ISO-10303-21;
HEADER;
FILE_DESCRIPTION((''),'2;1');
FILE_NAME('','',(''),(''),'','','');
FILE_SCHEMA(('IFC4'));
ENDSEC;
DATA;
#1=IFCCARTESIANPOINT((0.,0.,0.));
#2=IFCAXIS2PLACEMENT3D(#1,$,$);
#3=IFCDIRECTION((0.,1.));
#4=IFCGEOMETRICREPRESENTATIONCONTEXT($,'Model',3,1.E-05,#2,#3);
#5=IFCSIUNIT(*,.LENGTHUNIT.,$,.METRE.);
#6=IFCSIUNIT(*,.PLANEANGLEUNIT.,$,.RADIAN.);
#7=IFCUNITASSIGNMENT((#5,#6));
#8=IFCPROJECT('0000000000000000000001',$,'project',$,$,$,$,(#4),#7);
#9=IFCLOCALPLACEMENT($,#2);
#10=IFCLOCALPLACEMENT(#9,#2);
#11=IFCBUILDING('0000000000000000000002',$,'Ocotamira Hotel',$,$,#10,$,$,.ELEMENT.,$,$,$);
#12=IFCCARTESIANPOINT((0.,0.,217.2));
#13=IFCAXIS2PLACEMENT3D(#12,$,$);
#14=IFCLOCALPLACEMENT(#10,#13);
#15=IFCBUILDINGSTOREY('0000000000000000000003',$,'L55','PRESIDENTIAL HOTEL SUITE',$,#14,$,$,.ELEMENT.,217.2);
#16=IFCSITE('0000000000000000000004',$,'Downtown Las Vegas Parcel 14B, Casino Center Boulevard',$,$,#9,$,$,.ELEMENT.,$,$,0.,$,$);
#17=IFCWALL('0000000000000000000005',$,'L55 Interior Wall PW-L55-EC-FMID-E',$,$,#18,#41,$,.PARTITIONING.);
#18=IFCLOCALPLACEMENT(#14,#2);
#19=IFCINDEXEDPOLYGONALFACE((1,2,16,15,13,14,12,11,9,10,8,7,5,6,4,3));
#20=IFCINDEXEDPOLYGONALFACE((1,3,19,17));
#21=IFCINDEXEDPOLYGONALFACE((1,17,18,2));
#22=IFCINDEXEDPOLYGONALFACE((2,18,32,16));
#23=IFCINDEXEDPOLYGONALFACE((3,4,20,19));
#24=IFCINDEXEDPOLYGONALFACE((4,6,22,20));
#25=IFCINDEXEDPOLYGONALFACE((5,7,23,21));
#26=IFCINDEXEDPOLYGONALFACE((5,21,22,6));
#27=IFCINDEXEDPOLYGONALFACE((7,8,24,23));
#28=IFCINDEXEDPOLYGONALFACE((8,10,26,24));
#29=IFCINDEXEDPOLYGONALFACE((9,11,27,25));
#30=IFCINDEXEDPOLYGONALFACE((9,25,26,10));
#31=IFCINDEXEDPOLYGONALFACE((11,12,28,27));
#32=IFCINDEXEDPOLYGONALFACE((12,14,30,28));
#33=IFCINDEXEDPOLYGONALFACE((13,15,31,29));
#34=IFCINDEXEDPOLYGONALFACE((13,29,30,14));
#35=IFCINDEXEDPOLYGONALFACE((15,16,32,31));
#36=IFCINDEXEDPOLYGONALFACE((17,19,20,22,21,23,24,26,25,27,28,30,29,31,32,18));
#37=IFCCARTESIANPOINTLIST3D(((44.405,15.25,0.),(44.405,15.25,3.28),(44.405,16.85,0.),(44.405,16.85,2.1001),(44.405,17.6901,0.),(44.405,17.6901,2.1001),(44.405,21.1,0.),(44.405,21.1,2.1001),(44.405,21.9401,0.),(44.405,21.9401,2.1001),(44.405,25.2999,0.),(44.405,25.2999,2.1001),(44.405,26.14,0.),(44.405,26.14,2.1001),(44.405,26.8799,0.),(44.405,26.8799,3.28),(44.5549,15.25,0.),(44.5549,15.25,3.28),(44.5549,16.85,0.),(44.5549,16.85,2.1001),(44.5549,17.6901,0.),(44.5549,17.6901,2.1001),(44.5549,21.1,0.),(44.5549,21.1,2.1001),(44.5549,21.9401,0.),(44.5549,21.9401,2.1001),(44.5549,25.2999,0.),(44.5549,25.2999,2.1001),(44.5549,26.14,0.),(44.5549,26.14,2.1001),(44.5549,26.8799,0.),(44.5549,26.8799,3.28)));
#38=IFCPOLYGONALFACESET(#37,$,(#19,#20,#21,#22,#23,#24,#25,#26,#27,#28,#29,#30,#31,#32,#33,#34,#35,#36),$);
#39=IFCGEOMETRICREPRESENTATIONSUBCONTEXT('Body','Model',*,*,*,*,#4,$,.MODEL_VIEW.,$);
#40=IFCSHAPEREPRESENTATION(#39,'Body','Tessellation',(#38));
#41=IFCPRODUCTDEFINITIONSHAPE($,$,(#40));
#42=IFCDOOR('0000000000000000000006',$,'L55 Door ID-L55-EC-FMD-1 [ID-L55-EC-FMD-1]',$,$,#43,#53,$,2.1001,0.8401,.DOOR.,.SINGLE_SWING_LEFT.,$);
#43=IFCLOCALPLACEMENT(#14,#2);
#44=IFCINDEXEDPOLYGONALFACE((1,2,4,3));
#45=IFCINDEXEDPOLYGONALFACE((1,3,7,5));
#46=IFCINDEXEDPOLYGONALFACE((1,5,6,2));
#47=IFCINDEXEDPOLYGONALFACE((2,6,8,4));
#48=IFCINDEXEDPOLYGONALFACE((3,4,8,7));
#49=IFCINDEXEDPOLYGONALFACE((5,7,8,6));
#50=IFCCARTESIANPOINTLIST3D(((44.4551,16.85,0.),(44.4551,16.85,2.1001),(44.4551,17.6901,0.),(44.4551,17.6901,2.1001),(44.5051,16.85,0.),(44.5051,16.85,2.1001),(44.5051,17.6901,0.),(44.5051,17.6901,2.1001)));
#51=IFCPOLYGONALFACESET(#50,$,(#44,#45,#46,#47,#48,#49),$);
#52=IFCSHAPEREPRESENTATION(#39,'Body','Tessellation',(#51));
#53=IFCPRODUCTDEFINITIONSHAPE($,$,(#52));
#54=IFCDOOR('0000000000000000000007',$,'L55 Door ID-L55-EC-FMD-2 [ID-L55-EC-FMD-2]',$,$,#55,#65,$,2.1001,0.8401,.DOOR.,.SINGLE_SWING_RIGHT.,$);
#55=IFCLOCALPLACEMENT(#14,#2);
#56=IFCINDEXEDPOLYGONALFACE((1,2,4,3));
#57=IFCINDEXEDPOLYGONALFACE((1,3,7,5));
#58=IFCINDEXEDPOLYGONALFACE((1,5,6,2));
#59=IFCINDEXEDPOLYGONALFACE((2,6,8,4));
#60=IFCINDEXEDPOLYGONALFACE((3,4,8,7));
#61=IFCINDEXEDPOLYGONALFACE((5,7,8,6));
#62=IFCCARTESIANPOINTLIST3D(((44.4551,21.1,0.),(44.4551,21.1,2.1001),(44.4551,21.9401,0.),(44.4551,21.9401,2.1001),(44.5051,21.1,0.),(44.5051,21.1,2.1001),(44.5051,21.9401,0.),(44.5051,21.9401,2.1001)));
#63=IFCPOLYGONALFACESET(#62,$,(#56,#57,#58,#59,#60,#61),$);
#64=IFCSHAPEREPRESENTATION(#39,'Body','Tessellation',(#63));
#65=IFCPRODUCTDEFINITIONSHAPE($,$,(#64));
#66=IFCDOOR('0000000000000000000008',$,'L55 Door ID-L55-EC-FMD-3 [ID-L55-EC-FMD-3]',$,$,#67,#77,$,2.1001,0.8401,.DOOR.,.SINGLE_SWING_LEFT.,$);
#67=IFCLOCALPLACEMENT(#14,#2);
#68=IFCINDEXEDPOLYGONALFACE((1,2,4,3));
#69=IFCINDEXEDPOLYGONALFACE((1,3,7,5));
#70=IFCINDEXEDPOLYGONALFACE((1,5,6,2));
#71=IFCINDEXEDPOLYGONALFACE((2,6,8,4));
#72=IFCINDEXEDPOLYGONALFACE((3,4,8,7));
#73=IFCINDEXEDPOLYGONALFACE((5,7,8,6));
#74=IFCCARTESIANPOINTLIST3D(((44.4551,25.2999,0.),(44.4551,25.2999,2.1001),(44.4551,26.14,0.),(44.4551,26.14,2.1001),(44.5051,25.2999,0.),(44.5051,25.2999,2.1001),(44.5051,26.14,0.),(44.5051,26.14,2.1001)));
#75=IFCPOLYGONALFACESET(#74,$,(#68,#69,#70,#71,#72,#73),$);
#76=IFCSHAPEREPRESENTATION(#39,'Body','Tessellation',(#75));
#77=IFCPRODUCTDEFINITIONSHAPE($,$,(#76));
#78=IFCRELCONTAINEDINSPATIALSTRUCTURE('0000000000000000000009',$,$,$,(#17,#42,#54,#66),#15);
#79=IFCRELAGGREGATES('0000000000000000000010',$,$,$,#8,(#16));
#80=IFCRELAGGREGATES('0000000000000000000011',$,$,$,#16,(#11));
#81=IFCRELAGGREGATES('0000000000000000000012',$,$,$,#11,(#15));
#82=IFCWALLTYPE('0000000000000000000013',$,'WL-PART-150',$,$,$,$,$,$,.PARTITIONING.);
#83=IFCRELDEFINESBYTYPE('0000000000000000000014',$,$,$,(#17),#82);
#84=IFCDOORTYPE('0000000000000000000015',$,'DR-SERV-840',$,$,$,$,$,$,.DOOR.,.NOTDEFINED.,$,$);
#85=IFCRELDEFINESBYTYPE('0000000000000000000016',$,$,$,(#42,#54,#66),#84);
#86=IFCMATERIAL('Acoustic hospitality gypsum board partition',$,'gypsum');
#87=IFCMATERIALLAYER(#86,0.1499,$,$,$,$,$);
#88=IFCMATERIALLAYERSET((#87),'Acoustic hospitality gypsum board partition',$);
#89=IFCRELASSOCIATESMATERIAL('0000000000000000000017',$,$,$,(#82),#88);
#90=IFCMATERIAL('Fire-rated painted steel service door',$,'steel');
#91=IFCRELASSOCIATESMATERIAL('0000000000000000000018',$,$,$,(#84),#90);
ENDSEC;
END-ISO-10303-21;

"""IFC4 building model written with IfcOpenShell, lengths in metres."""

from ifc_helpers import new_model, si_unit, direction, frame, frame_2d, origin, place, context, subcontext, project, spatial, rectangle, extrude, source, transform, mapped, material, layer, layer_set, type_object, element, fill, save


model = new_model("IFC4")

# Units and contexts
model_context = context("Model", 3, precision=1e-05, world=origin(), true_north=direction((0.0, 1.0)))
body_context = subcontext(model_context, "Body", "Model", "MODEL_VIEW")
ifc_project = project(units=[si_unit("LENGTHUNIT", "METRE"), si_unit("PLANEANGLEUNIT", "RADIAN")], contexts=[model_context])

# Site, building, storey
site_placement = place(None, origin())
site = spatial("IfcSite", under=ifc_project, at=site_placement, Name="Downtown Las Vegas Parcel 14B, Casino Center Boulevard", CompositionType="ELEMENT", RefElevation=0.0)
building_placement = place(site_placement, origin())
building = spatial("IfcBuilding", under=site, at=building_placement, Name="Ocotamira Hotel", CompositionType="ELEMENT")
storey_placement = place(building_placement, frame((0.0, 0.0, 217.2)))
storey = spatial("IfcBuildingStorey", under=building, at=storey_placement, Name="L55", Description="PRESIDENTIAL HOTEL SUITE", CompositionType="ELEMENT", Elevation=217.2)

# Shared definitions
ifc_material_1 = material(Name="Acoustic hospitality gypsum board partition", Category="gypsum")
ifc_layer_1 = layer(ifc_material_1, 0.1499)
ifc_layer_set_1 = layer_set([ifc_layer_1], Name="Acoustic hospitality gypsum board partition")
wall_type_1 = type_object("IfcWallType", Name="WL-PART-150", PredefinedType="PARTITIONING", material=ifc_layer_set_1)

# Wall, openings, doors
wall_1_placement = place(storey_placement, frame((44.48, 15.25, 0.0), z_axis=(0.0, 0.0, 1.0), x_axis=(0.0, 1.0, 0.0)))
wall_1 = element("IfcWall", 1, at=wall_1_placement, inside=storey, type_object=wall_type_1, Name="L55 Interior Wall PW-L55-EC-FMID-E", PredefinedType="PARTITIONING", context=body_context, shape_type="SweptSolid", body=[
    extrude(rectangle(XDim=11.6299, YDim=0.1499, at=frame_2d((5.8149, 0.0))), origin(), (0.0, 0.0, 1.0), 3.28),
])
opening_1_placement = place(wall_1_placement, frame((1.6001, 0.0, 0.0)))
opening_1 = element("IfcOpeningElement", 2, at=opening_1_placement, cuts=wall_1, PredefinedType="OPENING", context=body_context, shape_type="SweptSolid", body=[
    extrude(rectangle(XDim=0.8401, YDim=2.1001, at=frame_2d((0.4199, 1.05))), frame((0.0, 0.085, 0.0), z_axis=(0.0, -1.0, 0.0), x_axis=(1.0, 0.0, 0.0)), (0.0, 0.0, 1.0), 0.1699),
])
opening_2_placement = place(wall_1_placement, frame((5.8501, 0.0, 0.0)))
opening_2 = element("IfcOpeningElement", 3, at=opening_2_placement, cuts=wall_1, PredefinedType="OPENING", context=body_context, shape_type="SweptSolid", body=[
    extrude(rectangle(XDim=0.8401, YDim=2.1001, at=frame_2d((0.4199, 1.05))), frame((0.0, 0.085, 0.0), z_axis=(0.0, -1.0, 0.0), x_axis=(1.0, 0.0, 0.0)), (0.0, 0.0, 1.0), 0.1699),
])
opening_3_placement = place(wall_1_placement, frame((10.05, 0.0, 0.0)))
opening_3 = element("IfcOpeningElement", 4, at=opening_3_placement, cuts=wall_1, PredefinedType="OPENING", context=body_context, shape_type="SweptSolid", body=[
    extrude(rectangle(XDim=0.8401, YDim=2.1001, at=frame_2d((0.4199, 1.05))), frame((0.0, 0.085, 0.0), z_axis=(0.0, -1.0, 0.0), x_axis=(1.0, 0.0, 0.0)), (0.0, 0.0, 1.0), 0.1699),
])
ifc_material_2 = material(Name="Fire-rated painted steel service door", Category="steel")
door_type_1 = type_object("IfcDoorType", Name="DR-SERV-840", OperationType="NOTDEFINED", PredefinedType="DOOR", material=ifc_material_2)
shared_shape_1 = source(origin(), body_context, "Body", "SweptSolid", [
    extrude(rectangle(XDim=0.8401, YDim=2.1001, at=frame_2d((0.4199, 1.05))), frame((0.0, 0.0249, 0.0), z_axis=(0.0, -1.0, 0.0), x_axis=(1.0, 0.0, 0.0)), (0.0, 0.0, 1.0), 0.05),
])
door_1_placement = place(opening_1_placement, origin())
door_1 = element("IfcDoor", 5, at=door_1_placement, inside=storey, type_object=door_type_1, Name="L55 Door ID-L55-EC-FMD-1 [ID-L55-EC-FMD-1]", OperationType="SINGLE_SWING_LEFT", OverallHeight=2.1001, OverallWidth=0.8401, PredefinedType="DOOR", context=body_context, shape_type="MappedRepresentation", body=[
    mapped(shared_shape_1, transform((0.0, 0.0, 0.0), scale=1.0)),
])
fill(opening_1, door_1)
door_2_placement = place(opening_2_placement, origin())
door_2 = element("IfcDoor", 6, at=door_2_placement, inside=storey, type_object=door_type_1, Name="L55 Door ID-L55-EC-FMD-2 [ID-L55-EC-FMD-2]", OperationType="SINGLE_SWING_RIGHT", OverallHeight=2.1001, OverallWidth=0.8401, PredefinedType="DOOR", context=body_context, shape_type="MappedRepresentation", body=[
    mapped(shared_shape_1, transform((0.0, 0.0, 0.0), scale=1.0)),
])
fill(opening_2, door_2)
door_3_placement = place(opening_3_placement, origin())
door_3 = element("IfcDoor", 7, at=door_3_placement, inside=storey, type_object=door_type_1, Name="L55 Door ID-L55-EC-FMD-3 [ID-L55-EC-FMD-3]", OperationType="SINGLE_SWING_LEFT", OverallHeight=2.1001, OverallWidth=0.8401, PredefinedType="DOOR", context=body_context, shape_type="MappedRepresentation", body=[
    mapped(shared_shape_1, transform((0.0, 0.0, 0.0), scale=1.0)),
])
fill(opening_3, door_3)

save(model, "model.ifc")
